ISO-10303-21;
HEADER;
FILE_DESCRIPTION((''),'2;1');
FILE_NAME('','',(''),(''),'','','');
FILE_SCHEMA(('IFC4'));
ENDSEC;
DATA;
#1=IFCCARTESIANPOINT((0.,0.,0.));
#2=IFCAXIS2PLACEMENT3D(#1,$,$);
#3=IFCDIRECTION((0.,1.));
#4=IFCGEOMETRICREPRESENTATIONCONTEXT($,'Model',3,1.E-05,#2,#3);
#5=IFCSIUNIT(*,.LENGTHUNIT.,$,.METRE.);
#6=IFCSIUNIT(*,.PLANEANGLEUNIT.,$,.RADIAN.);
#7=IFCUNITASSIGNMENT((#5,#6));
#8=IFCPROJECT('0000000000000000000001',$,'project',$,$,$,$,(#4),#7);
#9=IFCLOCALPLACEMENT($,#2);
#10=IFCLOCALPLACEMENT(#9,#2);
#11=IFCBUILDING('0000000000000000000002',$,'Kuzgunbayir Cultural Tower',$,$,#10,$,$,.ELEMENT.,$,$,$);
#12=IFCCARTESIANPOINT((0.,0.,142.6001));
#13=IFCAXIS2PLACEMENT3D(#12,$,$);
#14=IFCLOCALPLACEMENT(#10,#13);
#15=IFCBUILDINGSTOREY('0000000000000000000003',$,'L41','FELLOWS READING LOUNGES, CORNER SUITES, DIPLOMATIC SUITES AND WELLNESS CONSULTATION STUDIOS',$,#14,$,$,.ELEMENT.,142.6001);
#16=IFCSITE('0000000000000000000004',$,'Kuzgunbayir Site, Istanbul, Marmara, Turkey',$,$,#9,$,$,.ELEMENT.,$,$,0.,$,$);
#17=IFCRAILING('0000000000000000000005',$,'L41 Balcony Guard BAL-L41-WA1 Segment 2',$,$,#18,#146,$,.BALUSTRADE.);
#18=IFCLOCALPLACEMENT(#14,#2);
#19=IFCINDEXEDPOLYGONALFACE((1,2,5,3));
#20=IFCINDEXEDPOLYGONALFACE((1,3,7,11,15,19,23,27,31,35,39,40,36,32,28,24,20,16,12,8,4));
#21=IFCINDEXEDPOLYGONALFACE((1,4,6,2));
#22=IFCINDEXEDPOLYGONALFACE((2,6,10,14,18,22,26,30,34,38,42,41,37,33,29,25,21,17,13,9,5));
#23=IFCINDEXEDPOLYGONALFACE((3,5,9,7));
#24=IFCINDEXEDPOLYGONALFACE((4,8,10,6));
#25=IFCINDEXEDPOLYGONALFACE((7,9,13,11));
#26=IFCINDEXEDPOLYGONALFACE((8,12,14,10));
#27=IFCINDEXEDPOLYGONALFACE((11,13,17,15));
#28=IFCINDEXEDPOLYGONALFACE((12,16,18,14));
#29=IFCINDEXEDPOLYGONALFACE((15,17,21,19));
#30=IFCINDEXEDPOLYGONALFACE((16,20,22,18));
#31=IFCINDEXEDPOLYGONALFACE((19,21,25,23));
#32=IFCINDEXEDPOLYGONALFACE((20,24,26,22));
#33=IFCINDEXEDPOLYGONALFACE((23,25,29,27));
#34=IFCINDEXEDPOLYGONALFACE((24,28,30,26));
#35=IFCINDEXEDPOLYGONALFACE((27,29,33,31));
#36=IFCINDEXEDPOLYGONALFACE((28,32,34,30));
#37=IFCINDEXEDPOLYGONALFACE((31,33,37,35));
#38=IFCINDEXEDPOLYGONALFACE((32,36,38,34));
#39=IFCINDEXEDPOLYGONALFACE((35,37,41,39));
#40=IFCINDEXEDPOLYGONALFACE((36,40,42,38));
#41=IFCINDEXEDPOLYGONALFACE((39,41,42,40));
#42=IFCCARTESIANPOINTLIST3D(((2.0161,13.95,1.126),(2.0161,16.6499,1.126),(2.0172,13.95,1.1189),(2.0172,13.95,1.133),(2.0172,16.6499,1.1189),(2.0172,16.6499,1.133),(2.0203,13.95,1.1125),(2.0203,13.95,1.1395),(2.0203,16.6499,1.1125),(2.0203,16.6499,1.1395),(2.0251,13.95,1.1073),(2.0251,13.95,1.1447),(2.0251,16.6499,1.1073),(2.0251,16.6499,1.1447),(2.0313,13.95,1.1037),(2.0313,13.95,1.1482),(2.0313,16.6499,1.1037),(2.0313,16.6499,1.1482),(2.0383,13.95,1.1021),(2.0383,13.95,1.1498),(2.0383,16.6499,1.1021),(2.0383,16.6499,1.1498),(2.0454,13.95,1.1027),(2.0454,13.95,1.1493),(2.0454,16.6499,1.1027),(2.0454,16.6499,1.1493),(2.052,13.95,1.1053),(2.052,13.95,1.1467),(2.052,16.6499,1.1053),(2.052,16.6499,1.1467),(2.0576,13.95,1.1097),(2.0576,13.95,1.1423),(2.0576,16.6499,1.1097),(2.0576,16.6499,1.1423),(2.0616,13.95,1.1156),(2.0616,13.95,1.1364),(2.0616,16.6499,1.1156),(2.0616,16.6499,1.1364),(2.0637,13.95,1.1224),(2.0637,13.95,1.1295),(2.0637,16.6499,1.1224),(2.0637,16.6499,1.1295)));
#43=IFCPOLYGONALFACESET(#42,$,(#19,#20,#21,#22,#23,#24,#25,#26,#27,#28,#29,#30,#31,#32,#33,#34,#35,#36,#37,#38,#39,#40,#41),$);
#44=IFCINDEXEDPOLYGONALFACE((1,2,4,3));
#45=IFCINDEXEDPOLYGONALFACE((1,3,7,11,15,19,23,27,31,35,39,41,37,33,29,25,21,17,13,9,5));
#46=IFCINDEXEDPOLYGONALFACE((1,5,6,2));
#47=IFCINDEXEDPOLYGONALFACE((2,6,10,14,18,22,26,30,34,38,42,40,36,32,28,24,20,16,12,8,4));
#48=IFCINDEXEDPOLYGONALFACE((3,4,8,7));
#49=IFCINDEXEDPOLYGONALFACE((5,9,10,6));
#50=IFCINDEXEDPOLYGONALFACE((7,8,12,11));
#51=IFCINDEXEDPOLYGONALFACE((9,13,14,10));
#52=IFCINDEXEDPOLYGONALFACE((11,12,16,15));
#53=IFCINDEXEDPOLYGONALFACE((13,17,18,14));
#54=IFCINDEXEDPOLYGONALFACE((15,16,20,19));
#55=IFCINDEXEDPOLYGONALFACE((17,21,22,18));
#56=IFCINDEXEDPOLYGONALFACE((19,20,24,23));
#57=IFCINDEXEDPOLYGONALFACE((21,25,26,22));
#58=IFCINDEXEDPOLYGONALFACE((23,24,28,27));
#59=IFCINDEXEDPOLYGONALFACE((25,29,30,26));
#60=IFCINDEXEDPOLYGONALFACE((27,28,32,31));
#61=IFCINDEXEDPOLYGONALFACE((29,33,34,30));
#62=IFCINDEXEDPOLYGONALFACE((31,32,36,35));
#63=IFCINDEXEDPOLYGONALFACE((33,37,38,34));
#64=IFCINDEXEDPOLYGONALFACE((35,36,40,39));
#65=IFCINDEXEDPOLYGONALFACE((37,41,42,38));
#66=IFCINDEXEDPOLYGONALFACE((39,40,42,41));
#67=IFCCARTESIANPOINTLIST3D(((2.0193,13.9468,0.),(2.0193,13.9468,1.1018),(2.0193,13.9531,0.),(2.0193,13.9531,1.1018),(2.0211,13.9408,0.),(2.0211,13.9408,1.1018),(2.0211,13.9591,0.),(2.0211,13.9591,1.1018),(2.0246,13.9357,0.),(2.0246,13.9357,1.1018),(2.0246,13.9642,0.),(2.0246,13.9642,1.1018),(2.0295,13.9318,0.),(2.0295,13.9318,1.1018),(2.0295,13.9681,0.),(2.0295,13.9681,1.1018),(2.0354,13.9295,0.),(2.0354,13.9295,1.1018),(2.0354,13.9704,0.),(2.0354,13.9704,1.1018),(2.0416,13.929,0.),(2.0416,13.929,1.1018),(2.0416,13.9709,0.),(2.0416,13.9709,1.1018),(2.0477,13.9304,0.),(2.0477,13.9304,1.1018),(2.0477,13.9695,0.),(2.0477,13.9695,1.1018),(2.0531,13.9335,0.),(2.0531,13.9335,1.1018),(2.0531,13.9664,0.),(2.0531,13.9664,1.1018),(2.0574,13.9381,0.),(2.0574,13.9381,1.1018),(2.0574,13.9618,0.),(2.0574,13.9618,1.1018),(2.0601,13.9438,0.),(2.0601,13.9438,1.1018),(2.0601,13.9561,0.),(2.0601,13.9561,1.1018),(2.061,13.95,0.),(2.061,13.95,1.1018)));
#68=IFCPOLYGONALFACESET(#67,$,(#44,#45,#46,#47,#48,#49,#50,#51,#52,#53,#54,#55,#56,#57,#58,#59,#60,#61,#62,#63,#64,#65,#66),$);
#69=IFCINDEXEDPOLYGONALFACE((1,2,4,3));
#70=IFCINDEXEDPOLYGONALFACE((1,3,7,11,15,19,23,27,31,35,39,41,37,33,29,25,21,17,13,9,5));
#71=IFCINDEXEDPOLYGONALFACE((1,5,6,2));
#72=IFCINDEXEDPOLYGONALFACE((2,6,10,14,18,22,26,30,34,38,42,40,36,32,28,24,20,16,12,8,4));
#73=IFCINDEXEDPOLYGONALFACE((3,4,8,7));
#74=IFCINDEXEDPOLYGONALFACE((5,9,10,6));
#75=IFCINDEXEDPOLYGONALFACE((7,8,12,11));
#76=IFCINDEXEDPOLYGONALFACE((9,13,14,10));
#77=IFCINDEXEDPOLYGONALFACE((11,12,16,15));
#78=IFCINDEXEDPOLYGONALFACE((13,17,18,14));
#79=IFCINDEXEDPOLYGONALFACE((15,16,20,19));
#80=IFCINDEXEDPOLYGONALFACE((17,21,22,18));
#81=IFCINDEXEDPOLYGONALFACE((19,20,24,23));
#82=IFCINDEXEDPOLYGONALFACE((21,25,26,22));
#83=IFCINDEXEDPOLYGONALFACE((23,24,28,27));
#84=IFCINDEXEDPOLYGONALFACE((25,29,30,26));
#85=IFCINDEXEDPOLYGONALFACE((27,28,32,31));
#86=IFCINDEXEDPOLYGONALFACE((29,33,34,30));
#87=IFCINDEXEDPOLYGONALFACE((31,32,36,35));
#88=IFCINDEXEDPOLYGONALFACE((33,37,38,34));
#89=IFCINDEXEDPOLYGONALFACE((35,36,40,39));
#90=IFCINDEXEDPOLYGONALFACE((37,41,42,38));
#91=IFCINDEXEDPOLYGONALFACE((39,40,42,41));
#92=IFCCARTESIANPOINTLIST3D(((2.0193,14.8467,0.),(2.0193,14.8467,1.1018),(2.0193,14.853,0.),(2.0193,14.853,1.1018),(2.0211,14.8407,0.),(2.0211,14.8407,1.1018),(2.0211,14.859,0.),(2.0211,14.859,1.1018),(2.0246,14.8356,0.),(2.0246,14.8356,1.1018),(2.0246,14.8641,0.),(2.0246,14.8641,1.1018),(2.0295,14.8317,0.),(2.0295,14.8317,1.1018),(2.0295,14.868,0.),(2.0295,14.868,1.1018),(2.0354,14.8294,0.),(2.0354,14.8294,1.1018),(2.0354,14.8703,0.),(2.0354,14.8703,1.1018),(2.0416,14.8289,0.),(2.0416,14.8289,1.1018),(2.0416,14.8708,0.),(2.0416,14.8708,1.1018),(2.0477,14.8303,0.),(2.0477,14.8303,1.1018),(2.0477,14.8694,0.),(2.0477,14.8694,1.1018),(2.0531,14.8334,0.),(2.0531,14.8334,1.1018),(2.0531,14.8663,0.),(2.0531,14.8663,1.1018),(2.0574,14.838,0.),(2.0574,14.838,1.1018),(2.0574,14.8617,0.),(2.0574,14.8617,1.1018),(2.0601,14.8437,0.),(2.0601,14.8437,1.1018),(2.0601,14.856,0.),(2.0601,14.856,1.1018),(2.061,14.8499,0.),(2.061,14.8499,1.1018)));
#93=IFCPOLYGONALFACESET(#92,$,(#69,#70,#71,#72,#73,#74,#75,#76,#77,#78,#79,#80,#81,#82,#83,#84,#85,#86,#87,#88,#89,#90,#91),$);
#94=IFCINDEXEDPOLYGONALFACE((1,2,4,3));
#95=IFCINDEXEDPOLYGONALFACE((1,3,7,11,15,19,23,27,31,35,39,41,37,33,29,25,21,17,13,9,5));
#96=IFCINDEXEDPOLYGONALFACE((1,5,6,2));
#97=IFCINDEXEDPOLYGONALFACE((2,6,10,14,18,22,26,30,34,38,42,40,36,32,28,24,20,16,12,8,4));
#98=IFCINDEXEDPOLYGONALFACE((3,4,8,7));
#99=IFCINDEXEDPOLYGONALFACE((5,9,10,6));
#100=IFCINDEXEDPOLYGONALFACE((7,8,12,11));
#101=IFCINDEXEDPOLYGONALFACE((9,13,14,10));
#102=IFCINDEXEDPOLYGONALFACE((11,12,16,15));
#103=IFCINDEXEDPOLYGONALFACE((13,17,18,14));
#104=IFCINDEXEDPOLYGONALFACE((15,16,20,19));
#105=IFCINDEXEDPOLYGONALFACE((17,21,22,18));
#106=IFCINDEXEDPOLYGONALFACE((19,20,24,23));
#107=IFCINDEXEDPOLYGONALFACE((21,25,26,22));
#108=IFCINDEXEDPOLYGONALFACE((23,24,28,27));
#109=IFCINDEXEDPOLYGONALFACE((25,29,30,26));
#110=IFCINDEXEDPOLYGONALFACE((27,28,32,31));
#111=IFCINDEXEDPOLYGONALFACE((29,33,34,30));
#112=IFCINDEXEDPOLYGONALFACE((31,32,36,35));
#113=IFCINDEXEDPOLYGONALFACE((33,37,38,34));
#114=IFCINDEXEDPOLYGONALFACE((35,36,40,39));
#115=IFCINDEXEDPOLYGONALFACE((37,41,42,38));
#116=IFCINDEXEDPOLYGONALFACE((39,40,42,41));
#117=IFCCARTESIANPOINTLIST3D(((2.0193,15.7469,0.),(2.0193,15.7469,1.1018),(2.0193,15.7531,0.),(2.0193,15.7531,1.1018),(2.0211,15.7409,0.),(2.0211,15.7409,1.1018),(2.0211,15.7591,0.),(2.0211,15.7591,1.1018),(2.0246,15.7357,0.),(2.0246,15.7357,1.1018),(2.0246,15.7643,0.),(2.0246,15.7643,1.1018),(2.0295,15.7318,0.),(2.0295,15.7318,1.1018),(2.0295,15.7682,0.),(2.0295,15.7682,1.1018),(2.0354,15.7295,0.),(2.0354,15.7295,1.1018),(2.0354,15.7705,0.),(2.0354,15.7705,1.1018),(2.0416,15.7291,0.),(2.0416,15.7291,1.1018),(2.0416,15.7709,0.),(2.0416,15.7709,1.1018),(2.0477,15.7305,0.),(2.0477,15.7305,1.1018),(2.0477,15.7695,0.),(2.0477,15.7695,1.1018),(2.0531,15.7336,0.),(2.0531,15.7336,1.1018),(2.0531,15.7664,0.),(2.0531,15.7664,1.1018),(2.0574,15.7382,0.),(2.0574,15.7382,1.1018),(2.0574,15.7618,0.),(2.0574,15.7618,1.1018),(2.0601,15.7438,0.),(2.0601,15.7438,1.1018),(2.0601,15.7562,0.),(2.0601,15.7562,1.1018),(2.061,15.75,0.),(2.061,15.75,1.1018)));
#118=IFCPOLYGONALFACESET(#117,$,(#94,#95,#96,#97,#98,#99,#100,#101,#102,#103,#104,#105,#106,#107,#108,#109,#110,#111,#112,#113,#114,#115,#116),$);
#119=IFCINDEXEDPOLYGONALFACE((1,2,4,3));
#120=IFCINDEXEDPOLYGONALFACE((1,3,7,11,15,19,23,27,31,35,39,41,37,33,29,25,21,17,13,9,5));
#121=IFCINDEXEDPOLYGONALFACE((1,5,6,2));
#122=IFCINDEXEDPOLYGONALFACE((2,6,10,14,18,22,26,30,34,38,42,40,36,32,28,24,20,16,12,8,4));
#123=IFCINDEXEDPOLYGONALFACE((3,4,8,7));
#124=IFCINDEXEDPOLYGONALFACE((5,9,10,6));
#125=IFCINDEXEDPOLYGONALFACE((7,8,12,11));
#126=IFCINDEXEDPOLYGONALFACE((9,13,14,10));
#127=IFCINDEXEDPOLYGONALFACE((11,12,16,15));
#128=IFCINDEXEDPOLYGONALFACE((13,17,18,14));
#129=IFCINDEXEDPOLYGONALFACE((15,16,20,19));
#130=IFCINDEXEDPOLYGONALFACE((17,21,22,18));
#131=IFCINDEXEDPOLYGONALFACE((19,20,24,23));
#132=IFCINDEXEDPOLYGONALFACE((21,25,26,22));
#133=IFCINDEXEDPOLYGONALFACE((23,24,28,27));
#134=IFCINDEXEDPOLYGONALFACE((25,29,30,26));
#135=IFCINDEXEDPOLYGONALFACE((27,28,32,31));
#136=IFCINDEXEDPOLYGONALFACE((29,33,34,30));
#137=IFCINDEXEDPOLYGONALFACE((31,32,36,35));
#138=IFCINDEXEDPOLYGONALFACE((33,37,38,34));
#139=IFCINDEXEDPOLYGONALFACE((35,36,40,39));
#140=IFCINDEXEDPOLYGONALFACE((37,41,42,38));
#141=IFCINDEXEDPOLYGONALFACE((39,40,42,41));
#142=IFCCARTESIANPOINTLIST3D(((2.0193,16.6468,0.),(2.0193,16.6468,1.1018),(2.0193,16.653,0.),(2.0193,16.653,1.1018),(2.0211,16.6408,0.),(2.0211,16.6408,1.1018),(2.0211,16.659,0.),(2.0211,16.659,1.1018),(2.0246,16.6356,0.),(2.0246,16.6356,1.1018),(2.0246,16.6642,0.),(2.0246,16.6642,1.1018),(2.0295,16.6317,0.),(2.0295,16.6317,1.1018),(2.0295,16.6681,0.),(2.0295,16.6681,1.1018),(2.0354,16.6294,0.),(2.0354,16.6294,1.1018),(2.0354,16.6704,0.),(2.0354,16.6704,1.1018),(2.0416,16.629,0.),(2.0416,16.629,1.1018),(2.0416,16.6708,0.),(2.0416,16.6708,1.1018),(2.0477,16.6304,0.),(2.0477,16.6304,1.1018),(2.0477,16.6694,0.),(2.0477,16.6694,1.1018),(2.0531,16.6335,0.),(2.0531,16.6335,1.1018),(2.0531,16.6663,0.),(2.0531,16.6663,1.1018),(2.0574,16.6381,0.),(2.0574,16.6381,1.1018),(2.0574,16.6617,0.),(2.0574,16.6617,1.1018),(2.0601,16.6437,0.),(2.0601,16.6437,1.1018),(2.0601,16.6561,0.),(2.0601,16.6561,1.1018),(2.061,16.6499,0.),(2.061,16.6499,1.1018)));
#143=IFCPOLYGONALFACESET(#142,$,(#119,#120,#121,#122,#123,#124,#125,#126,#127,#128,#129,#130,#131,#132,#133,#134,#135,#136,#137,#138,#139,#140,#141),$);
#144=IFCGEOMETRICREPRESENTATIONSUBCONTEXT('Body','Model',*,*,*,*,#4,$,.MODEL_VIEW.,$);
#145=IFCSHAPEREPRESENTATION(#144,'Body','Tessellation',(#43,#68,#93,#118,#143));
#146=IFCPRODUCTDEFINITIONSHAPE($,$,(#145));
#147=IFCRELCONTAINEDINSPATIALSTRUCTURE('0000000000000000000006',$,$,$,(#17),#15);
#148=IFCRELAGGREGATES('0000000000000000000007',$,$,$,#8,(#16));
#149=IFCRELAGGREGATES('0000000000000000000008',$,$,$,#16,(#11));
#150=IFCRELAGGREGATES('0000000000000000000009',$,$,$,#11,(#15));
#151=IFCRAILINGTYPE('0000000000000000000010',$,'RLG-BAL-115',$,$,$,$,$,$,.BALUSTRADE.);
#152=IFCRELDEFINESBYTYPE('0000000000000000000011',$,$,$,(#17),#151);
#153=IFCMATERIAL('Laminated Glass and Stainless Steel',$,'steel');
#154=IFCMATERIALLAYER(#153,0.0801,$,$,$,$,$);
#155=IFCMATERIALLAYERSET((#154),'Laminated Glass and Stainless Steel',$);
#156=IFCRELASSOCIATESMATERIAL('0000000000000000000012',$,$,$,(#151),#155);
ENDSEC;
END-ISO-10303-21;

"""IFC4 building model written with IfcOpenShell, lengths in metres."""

from ifc_helpers import new_model, si_unit, direction, frame, origin, origin_2d, place, context, subcontext, project, spatial, circle, extrude, material, layer, layer_set, type_object, element, save


model = new_model("IFC4")

# Units and contexts
model_context = context("Model", 3, precision=1e-05, world=origin(), true_north=direction((0.0, 1.0)))
body_context = subcontext(model_context, "Body", "Model", "MODEL_VIEW")
ifc_project = project(units=[si_unit("LENGTHUNIT", "METRE"), si_unit("PLANEANGLEUNIT", "RADIAN")], contexts=[model_context])

# Site, building, storey
site_placement = place(None, origin())
site = spatial("IfcSite", under=ifc_project, at=site_placement, Name="Kuzgunbayir Site, Istanbul, Marmara, Turkey", CompositionType="ELEMENT", RefElevation=0.0)
building_placement = place(site_placement, origin())
building = spatial("IfcBuilding", under=site, at=building_placement, Name="Kuzgunbayir Cultural Tower", CompositionType="ELEMENT")
storey_placement = place(building_placement, frame((0.0, 0.0, 142.6001)))
storey = spatial("IfcBuildingStorey", under=building, at=storey_placement, Name="L41", Description="FELLOWS READING LOUNGES, CORNER SUITES, DIPLOMATIC SUITES AND WELLNESS CONSULTATION STUDIOS", CompositionType="ELEMENT", Elevation=142.6001)

# Railing
ifc_material_1 = material(Name="Laminated Glass and Stainless Steel", Category="steel")
ifc_layer_1 = layer(ifc_material_1, 0.0801)
ifc_layer_set_1 = layer_set([ifc_layer_1], Name="Laminated Glass and Stainless Steel")
railing_type = type_object("IfcRailingType", Name="RLG-BAL-115", PredefinedType="BALUSTRADE", material=ifc_layer_set_1)
railing_1_placement = place(storey_placement, frame((2.04, 13.95, 0.0)))
element("IfcRailing", 1, at=railing_1_placement, inside=storey, type_object=railing_type, Name="L41 Balcony Guard BAL-L41-WA1 Segment 2", PredefinedType="BALUSTRADE", context=body_context, shape_type="SweptSolid", body=[
    extrude(circle(Radius=0.0239, at=origin_2d()), frame((0.0, 0.0, 1.126), z_axis=(0.0, 1.0, 0.0), x_axis=(-1.0, 0.0, 0.0)), (0.0, 0.0, 1.0), 2.7),
    extrude(circle(Radius=0.021, at=origin_2d()), origin(), (0.0, 0.0, 1.0), 1.1018),
    extrude(circle(Radius=0.021, at=origin_2d()), frame((0.0, 0.8999, 0.0)), (0.0, 0.0, 1.0), 1.1018),
    extrude(circle(Radius=0.021, at=origin_2d()), frame((0.0, 1.8, 0.0)), (0.0, 0.0, 1.0), 1.1018),
    extrude(circle(Radius=0.021, at=origin_2d()), frame((0.0, 2.7, 0.0)), (0.0, 0.0, 1.0), 1.1018),
])

save(model, "model.ifc")
